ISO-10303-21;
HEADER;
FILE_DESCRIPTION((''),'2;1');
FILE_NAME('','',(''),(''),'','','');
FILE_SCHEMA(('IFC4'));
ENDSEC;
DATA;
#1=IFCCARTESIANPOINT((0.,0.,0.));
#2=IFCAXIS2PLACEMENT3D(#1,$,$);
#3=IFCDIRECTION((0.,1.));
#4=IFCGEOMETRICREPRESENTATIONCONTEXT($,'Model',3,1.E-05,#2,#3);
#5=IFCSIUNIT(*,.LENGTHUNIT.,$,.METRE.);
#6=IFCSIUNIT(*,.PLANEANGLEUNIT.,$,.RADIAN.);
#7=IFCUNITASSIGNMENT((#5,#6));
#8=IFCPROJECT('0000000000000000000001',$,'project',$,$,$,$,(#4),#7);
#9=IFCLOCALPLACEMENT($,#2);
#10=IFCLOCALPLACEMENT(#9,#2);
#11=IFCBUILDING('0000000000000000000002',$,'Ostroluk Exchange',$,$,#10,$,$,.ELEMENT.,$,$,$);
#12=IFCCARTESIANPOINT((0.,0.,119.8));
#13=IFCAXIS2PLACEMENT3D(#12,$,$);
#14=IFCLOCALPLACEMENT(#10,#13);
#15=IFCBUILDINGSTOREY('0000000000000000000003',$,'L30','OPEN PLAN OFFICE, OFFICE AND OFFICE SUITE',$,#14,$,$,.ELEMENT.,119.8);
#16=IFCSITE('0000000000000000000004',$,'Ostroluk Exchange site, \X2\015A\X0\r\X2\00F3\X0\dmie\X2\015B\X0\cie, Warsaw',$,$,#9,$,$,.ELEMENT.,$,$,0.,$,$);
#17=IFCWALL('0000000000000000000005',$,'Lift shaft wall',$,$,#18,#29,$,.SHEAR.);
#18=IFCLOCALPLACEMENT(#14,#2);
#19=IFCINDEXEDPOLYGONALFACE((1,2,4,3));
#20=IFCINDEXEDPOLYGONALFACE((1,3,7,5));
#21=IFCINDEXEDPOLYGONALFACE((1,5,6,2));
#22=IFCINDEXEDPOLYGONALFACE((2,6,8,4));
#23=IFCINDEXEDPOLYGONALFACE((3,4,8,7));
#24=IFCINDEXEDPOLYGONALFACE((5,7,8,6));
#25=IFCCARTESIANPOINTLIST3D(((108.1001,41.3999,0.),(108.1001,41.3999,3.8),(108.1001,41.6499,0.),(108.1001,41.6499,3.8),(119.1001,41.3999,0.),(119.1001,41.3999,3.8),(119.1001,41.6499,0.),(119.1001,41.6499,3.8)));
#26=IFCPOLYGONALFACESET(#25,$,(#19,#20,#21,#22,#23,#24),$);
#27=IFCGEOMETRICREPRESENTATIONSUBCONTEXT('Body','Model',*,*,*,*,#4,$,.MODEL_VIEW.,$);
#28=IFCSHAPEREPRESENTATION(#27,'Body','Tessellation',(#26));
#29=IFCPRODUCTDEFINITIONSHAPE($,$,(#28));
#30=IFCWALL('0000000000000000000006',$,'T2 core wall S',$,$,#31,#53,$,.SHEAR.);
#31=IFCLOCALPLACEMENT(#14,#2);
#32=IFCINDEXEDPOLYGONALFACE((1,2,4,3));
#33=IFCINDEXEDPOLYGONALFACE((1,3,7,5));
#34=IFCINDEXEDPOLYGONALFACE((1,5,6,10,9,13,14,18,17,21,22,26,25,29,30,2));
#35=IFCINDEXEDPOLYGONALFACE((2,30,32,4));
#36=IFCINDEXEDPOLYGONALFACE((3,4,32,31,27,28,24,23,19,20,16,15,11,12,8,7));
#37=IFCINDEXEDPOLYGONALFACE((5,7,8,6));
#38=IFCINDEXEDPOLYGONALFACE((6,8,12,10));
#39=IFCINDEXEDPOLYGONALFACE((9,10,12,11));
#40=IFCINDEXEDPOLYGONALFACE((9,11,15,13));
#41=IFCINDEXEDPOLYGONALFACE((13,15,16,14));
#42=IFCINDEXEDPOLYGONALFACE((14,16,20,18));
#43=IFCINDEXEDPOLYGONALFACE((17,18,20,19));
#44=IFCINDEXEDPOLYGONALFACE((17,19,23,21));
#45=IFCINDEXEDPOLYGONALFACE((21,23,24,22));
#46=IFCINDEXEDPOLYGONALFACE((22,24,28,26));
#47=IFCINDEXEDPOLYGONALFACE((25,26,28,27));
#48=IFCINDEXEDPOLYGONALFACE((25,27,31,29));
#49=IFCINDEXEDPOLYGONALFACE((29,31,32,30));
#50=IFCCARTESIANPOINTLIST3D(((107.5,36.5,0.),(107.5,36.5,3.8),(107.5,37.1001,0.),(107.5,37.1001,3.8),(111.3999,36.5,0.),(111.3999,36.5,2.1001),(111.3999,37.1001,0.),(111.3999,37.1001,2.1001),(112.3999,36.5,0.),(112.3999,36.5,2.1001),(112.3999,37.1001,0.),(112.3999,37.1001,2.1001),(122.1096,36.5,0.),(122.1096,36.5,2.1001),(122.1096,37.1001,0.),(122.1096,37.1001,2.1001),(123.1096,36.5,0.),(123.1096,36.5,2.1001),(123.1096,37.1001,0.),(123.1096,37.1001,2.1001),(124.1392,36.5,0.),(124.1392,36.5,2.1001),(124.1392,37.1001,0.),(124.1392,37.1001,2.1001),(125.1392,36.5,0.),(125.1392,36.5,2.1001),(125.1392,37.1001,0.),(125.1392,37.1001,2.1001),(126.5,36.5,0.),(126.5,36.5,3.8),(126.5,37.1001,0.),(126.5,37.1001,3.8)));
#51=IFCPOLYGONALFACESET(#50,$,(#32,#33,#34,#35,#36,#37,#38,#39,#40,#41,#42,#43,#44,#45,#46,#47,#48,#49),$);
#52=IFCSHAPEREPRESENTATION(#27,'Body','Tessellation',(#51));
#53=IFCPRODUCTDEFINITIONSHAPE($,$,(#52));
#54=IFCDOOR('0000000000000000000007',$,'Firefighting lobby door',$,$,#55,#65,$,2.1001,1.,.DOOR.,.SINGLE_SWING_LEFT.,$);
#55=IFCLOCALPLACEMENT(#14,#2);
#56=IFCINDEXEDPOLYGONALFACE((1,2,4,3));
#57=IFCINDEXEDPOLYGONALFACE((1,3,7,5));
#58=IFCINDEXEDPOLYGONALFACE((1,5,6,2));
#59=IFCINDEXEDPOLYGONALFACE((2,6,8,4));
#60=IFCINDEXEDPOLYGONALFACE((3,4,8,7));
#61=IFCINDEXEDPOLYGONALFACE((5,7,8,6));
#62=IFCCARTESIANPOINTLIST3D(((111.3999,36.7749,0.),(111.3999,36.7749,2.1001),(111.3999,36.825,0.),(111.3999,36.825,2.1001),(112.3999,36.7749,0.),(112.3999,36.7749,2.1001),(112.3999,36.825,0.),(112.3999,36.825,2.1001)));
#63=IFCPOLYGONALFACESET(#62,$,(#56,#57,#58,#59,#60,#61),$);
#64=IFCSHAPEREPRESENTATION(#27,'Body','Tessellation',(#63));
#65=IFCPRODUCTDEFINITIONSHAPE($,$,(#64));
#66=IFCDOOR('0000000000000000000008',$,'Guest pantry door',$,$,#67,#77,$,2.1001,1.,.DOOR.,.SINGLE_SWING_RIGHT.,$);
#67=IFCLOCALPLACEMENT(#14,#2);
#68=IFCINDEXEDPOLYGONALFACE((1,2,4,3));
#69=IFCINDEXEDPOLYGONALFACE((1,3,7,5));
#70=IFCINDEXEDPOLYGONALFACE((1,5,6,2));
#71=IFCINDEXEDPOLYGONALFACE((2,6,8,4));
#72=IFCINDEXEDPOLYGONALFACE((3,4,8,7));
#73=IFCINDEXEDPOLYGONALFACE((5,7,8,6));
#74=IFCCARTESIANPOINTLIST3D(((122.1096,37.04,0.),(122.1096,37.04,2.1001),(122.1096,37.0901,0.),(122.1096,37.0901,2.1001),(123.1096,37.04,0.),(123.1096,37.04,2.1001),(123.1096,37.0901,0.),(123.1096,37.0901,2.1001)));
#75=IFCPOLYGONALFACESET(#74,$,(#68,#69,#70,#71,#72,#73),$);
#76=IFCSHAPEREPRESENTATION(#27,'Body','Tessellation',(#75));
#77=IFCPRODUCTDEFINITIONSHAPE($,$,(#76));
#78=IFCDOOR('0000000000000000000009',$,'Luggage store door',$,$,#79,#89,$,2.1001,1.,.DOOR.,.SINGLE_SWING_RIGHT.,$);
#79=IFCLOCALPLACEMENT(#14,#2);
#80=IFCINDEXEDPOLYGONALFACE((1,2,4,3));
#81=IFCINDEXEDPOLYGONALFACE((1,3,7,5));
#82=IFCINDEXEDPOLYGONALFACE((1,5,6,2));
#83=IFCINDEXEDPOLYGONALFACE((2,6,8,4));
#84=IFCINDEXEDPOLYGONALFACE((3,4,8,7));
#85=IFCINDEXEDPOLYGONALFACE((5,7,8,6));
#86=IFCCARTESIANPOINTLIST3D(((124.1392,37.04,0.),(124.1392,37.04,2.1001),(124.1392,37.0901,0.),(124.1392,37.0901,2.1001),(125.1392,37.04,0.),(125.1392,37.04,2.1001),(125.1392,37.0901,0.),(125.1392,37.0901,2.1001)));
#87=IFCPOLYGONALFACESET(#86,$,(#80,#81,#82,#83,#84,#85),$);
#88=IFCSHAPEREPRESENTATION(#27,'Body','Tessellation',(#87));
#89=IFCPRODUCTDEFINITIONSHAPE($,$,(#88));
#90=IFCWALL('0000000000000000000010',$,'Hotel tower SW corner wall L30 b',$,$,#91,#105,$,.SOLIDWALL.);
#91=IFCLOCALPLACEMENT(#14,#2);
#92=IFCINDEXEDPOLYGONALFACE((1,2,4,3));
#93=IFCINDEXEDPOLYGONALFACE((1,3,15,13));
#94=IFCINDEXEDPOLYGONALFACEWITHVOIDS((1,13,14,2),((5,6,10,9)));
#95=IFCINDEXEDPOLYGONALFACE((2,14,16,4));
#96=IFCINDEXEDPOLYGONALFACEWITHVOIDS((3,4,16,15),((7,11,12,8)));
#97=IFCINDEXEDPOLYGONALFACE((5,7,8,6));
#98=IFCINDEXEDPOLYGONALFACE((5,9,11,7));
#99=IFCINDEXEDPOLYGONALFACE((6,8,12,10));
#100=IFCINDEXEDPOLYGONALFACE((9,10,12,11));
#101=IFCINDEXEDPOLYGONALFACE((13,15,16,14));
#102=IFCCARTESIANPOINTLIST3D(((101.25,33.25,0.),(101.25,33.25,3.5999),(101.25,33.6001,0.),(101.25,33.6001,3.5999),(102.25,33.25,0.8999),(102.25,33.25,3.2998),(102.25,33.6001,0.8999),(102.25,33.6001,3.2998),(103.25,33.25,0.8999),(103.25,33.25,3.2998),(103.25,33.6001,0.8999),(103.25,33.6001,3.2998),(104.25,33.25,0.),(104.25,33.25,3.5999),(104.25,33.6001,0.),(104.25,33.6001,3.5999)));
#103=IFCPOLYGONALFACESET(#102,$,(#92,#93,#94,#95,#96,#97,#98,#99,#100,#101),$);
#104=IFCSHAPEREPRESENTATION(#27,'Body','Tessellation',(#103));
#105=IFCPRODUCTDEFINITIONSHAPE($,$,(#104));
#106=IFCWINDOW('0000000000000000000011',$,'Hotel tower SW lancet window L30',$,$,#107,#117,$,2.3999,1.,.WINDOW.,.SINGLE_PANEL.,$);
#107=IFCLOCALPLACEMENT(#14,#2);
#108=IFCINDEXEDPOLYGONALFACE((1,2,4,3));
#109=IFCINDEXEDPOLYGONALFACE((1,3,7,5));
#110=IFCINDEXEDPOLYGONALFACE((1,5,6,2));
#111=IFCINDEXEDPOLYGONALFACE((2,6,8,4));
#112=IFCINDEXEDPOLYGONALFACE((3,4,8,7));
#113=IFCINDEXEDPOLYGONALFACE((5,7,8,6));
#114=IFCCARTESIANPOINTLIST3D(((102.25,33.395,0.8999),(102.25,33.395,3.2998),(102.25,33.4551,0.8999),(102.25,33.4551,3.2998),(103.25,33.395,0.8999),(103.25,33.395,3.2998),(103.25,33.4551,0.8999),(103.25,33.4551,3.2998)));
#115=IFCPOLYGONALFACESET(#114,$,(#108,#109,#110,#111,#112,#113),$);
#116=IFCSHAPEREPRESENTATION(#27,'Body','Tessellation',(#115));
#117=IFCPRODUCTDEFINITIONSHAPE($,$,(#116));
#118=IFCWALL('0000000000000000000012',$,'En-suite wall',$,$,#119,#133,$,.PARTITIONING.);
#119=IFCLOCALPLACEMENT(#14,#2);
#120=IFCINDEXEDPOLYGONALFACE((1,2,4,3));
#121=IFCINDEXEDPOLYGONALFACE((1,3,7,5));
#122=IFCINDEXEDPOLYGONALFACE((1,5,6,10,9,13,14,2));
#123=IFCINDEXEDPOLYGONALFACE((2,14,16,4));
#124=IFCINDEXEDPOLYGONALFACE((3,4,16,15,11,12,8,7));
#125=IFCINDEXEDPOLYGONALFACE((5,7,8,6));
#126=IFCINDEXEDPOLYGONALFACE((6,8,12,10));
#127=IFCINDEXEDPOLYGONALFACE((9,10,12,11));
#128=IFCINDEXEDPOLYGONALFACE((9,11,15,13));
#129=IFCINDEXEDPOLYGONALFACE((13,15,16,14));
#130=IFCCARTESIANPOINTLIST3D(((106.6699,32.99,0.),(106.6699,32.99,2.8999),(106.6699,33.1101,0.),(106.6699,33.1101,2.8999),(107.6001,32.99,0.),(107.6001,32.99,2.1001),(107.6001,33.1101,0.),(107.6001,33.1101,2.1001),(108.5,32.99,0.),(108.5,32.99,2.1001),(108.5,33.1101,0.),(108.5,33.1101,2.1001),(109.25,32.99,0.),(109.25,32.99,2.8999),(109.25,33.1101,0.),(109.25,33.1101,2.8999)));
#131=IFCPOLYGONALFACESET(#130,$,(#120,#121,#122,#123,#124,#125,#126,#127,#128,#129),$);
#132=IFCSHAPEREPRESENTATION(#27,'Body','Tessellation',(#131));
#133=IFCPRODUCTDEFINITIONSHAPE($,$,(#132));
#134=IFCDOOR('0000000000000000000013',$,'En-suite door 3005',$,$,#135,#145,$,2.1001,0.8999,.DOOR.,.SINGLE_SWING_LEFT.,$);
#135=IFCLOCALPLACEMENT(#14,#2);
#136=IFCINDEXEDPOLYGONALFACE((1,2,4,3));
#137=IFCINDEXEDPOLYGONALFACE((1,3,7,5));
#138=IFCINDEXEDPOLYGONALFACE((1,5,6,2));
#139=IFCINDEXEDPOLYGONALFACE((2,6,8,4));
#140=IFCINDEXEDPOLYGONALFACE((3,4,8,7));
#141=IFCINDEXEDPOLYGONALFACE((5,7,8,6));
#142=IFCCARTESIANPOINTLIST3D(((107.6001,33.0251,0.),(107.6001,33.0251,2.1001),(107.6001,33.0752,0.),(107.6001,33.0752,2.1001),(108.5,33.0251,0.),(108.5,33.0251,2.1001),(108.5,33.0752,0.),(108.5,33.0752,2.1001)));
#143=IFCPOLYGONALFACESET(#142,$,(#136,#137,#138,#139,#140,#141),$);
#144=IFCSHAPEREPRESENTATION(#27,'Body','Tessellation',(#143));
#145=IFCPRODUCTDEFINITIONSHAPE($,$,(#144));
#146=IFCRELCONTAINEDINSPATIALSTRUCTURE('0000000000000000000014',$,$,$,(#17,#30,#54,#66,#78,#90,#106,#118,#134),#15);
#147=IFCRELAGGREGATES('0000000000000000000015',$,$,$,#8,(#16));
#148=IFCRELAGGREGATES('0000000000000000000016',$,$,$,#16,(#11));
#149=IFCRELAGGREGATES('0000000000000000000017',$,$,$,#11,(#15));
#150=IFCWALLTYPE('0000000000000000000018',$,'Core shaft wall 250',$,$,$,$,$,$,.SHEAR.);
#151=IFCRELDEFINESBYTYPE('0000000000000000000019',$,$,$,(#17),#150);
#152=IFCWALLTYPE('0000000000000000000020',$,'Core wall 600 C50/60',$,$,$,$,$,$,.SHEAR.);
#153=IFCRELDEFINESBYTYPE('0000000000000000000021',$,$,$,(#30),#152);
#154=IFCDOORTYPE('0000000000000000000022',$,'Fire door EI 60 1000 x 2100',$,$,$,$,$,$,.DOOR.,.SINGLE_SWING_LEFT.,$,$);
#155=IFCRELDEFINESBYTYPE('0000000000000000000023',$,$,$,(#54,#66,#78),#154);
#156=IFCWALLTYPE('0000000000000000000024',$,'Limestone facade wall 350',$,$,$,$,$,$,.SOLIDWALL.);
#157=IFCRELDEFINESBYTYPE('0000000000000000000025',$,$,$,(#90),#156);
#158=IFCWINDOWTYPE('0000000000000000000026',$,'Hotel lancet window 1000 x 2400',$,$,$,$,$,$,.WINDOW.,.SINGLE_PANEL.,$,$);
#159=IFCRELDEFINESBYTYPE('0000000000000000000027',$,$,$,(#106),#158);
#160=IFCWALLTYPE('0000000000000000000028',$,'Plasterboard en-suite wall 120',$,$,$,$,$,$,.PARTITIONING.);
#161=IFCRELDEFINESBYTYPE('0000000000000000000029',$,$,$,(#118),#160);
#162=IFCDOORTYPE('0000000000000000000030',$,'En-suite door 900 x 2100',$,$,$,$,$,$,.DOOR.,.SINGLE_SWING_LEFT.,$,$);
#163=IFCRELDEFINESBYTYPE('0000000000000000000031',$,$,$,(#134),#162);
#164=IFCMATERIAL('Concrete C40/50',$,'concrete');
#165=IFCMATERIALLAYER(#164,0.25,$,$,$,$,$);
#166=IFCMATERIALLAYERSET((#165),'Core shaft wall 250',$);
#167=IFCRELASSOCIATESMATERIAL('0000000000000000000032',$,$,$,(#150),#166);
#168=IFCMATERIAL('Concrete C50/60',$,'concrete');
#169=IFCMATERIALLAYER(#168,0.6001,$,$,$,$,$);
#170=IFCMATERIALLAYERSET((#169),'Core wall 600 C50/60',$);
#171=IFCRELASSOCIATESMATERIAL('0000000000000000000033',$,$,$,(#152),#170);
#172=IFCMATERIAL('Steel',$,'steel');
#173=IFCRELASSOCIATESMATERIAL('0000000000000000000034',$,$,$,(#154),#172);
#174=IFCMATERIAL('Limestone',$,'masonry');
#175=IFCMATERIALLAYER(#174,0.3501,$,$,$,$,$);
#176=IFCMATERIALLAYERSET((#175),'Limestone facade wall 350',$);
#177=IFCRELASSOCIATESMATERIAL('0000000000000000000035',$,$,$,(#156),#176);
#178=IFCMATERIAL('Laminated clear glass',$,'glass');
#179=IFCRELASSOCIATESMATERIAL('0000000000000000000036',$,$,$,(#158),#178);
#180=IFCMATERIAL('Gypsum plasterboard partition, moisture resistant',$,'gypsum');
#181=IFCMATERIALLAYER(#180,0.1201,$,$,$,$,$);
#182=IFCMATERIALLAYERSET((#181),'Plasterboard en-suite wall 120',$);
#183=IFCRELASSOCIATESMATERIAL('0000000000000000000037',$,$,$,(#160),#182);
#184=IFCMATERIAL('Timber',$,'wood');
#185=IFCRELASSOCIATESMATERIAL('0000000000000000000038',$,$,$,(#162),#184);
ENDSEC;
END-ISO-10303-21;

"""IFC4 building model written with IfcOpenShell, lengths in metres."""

from ifc_helpers import new_model, si_unit, direction, frame, frame_2d, origin, place, context, subcontext, project, spatial, rectangle, extrude, material, layer, layer_set, type_object, element, fill, save


model = new_model("IFC4")

# Units and contexts
model_context = context("Model", 3, precision=1e-05, world=origin(), true_north=direction((0.0, 1.0)))
body_context = subcontext(model_context, "Body", "Model", "MODEL_VIEW")
ifc_project = project(units=[si_unit("LENGTHUNIT", "METRE"), si_unit("PLANEANGLEUNIT", "RADIAN")], contexts=[model_context])

# Site, building, storey
site_placement = place(None, origin())
site = spatial("IfcSite", under=ifc_project, at=site_placement, Name="Ostroluk Exchange site, Śródmieście, Warsaw", CompositionType="ELEMENT", RefElevation=0.0)
building_placement = place(site_placement, origin())
building = spatial("IfcBuilding", under=site, at=building_placement, Name="Ostroluk Exchange", CompositionType="ELEMENT")
storey_placement = place(building_placement, frame((0.0, 0.0, 119.8)))
storey = spatial("IfcBuildingStorey", under=building, at=storey_placement, Name="L30", Description="OPEN PLAN OFFICE, OFFICE AND OFFICE SUITE", CompositionType="ELEMENT", Elevation=119.8)

# Shared definitions
ifc_material_1 = material(Name="Concrete C40/50", Category="concrete")
ifc_layer_1 = layer(ifc_material_1, 0.25)
ifc_layer_set_1 = layer_set([ifc_layer_1], Name="Core shaft wall 250")
wall_type_1 = type_object("IfcWallType", Name="Core shaft wall 250", PredefinedType="SHEAR", material=ifc_layer_set_1)

# Wall
wall_1_placement = place(storey_placement, frame((108.1001, 41.5249, 0.0), z_axis=(0.0, 0.0, 1.0), x_axis=(1.0, 0.0, 0.0)))
element("IfcWall", 1, at=wall_1_placement, inside=storey, type_object=wall_type_1, Name="Lift shaft wall", PredefinedType="SHEAR", context=body_context, shape_type="SweptSolid", body=[
    extrude(rectangle(XDim=11.0, YDim=0.25, at=frame_2d((5.5, 0.0))), origin(), (0.0, 0.0, 1.0), 3.8),
])

# Wall, openings, doors
ifc_material_2 = material(Name="Concrete C50/60", Category="concrete")
ifc_layer_2 = layer(ifc_material_2, 0.6001)
ifc_layer_set_2 = layer_set([ifc_layer_2], Name="Core wall 600 C50/60")
wall_type_2 = type_object("IfcWallType", Name="Core wall 600 C50/60", PredefinedType="SHEAR", material=ifc_layer_set_2)
wall_2_placement = place(storey_placement, frame((107.5, 36.8, 0.0), z_axis=(0.0, 0.0, 1.0), x_axis=(1.0, 0.0, 0.0)))
wall_2 = element("IfcWall", 2, at=wall_2_placement, inside=storey, type_object=wall_type_2, Name="T2 core wall S", PredefinedType="SHEAR", context=body_context, shape_type="SweptSolid", body=[
    extrude(rectangle(XDim=19.0, YDim=0.6001, at=frame_2d((9.5, 0.0))), origin(), (0.0, 0.0, 1.0), 3.8),
])
opening_1_placement = place(wall_2_placement, frame((3.8999, 0.0, 0.0)))
opening_1 = element("IfcOpeningElement", 3, at=opening_1_placement, cuts=wall_2, PredefinedType="OPENING", context=body_context, shape_type="SweptSolid", body=[
    extrude(rectangle(XDim=1.0, YDim=2.1001, at=frame_2d((0.5, 1.05))), frame((0.0, 0.3101, 0.0), z_axis=(0.0, -1.0, 0.0), x_axis=(1.0, 0.0, 0.0)), (0.0, 0.0, 1.0), 0.6201),
])
opening_2_placement = place(wall_2_placement, frame((14.6096, 0.0, 0.0)))
opening_2 = element("IfcOpeningElement", 4, at=opening_2_placement, cuts=wall_2, PredefinedType="OPENING", context=body_context, shape_type="SweptSolid", body=[
    extrude(rectangle(XDim=1.0, YDim=2.1001, at=frame_2d((0.5, 1.05))), frame((0.0, 0.3101, 0.0), z_axis=(0.0, -1.0, 0.0), x_axis=(1.0, 0.0, 0.0)), (0.0, 0.0, 1.0), 0.6201),
])
opening_3_placement = place(wall_2_placement, frame((16.6392, 0.0, 0.0)))
opening_3 = element("IfcOpeningElement", 5, at=opening_3_placement, cuts=wall_2, PredefinedType="OPENING", context=body_context, shape_type="SweptSolid", body=[
    extrude(rectangle(XDim=1.0, YDim=2.1001, at=frame_2d((0.5, 1.05))), frame((0.0, 0.3101, 0.0), z_axis=(0.0, -1.0, 0.0), x_axis=(1.0, 0.0, 0.0)), (0.0, 0.0, 1.0), 0.6201),
])
ifc_material_3 = material(Name="Steel", Category="steel")
door_type_1 = type_object("IfcDoorType", Name="Fire door EI 60 1000 x 2100", OperationType="SINGLE_SWING_LEFT", PredefinedType="DOOR", material=ifc_material_3)
door_1_placement = place(opening_1_placement, origin())
door_1 = element("IfcDoor", 6, at=door_1_placement, inside=storey, type_object=door_type_1, Name="Firefighting lobby door", OperationType="SINGLE_SWING_LEFT", OverallHeight=2.1001, OverallWidth=1.0, PredefinedType="DOOR", context=body_context, shape_type="SweptSolid", body=[
    extrude(rectangle(XDim=1.0, YDim=2.1001, at=frame_2d((0.5, 1.05))), frame((0.0, 0.0249, 0.0), z_axis=(0.0, -1.0, 0.0), x_axis=(1.0, 0.0, 0.0)), (0.0, 0.0, 1.0), 0.05),
])
fill(opening_1, door_1)
door_2_placement = place(opening_2_placement, origin())
door_2 = element("IfcDoor", 7, at=door_2_placement, inside=storey, type_object=door_type_1, Name="Guest pantry door", OperationType="SINGLE_SWING_RIGHT", OverallHeight=2.1001, OverallWidth=1.0, PredefinedType="DOOR", context=body_context, shape_type="SweptSolid", body=[
    extrude(rectangle(XDim=1.0, YDim=2.1001, at=frame_2d((0.5, 1.05))), frame((0.0, 0.29, 0.0), z_axis=(0.0, -1.0, 0.0), x_axis=(1.0, 0.0, 0.0)), (0.0, 0.0, 1.0), 0.05),
])
fill(opening_2, door_2)
door_3_placement = place(opening_3_placement, origin())
door_3 = element("IfcDoor", 8, at=door_3_placement, inside=storey, type_object=door_type_1, Name="Luggage store door", OperationType="SINGLE_SWING_RIGHT", OverallHeight=2.1001, OverallWidth=1.0, PredefinedType="DOOR", context=body_context, shape_type="SweptSolid", body=[
    extrude(rectangle(XDim=1.0, YDim=2.1001, at=frame_2d((0.5, 1.05))), frame((0.0, 0.29, 0.0), z_axis=(0.0, -1.0, 0.0), x_axis=(1.0, 0.0, 0.0)), (0.0, 0.0, 1.0), 0.05),
])
fill(opening_3, door_3)

# Wall, opening, window
ifc_material_4 = material(Name="Limestone", Category="masonry")
ifc_layer_3 = layer(ifc_material_4, 0.3501)
ifc_layer_set_3 = layer_set([ifc_layer_3], Name="Limestone facade wall 350")
wall_type_3 = type_object("IfcWallType", Name="Limestone facade wall 350", PredefinedType="SOLIDWALL", material=ifc_layer_set_3)
wall_3_placement = place(storey_placement, frame((104.25, 33.425, 0.0), z_axis=(0.0, 0.0, 1.0), x_axis=(-1.0, 0.0, 0.0)))
wall_3 = element("IfcWall", 9, at=wall_3_placement, inside=storey, type_object=wall_type_3, Name="Hotel tower SW corner wall L30 b", PredefinedType="SOLIDWALL", context=body_context, shape_type="SweptSolid", body=[
    extrude(rectangle(XDim=3.0, YDim=0.3501, at=frame_2d((1.5, 0.0))), origin(), (0.0, 0.0, 1.0), 3.5999),
])
opening_4_placement = place(wall_3_placement, frame((1.0, 0.0, 0.8999)))
opening_4 = element("IfcOpeningElement", 10, at=opening_4_placement, cuts=wall_3, PredefinedType="OPENING", context=body_context, shape_type="SweptSolid", body=[
    extrude(rectangle(XDim=1.0, YDim=2.3999, at=frame_2d((0.5, 1.2))), frame((0.0, 0.1851, 0.0), z_axis=(0.0, -1.0, 0.0), x_axis=(1.0, 0.0, 0.0)), (0.0, 0.0, 1.0), 0.3701),
])
ifc_material_5 = material(Name="Laminated clear glass", Category="glass")
window_type = type_object("IfcWindowType", Name="Hotel lancet window 1000 x 2400", PartitioningType="SINGLE_PANEL", PredefinedType="WINDOW", material=ifc_material_5)
window_placement = place(opening_4_placement, origin())
window = element("IfcWindow", 11, at=window_placement, inside=storey, type_object=window_type, Name="Hotel tower SW lancet window L30", OverallHeight=2.3999, OverallWidth=1.0, PartitioningType="SINGLE_PANEL", PredefinedType="WINDOW", context=body_context, shape_type="SweptSolid", body=[
    extrude(rectangle(XDim=1.0, YDim=2.3999, at=frame_2d((0.5, 1.2))), frame((0.0, 0.03, 0.0), z_axis=(0.0, -1.0, 0.0), x_axis=(1.0, 0.0, 0.0)), (0.0, 0.0, 1.0), 0.0601),
])
fill(opening_4, window)

# Wall, opening, door
ifc_material_6 = material(Name="Gypsum plasterboard partition, moisture resistant", Category="gypsum")
ifc_layer_4 = layer(ifc_material_6, 0.1201)
ifc_layer_set_4 = layer_set([ifc_layer_4], Name="Plasterboard en-suite wall 120")
wall_type_4 = type_object("IfcWallType", Name="Plasterboard en-suite wall 120", PredefinedType="PARTITIONING", material=ifc_layer_set_4)
wall_4_placement = place(storey_placement, frame((109.25, 33.05, 0.0), z_axis=(0.0, 0.0, 1.0), x_axis=(-1.0, 0.0, 0.0)))
wall_4 = element("IfcWall", 12, at=wall_4_placement, inside=storey, type_object=wall_type_4, Name="En-suite wall", PredefinedType="PARTITIONING", context=body_context, shape_type="SweptSolid", body=[
    extrude(rectangle(XDim=2.5801, YDim=0.1201, at=frame_2d((1.29, 0.0))), origin(), (0.0, 0.0, 1.0), 2.8999),
])
opening_5_placement = place(wall_4_placement, frame((0.75, 0.0, 0.0)))
opening_5 = element("IfcOpeningElement", 13, at=opening_5_placement, cuts=wall_4, PredefinedType="OPENING", context=body_context, shape_type="SweptSolid", body=[
    extrude(rectangle(XDim=0.8999, YDim=2.1001, at=frame_2d((0.45, 1.05))), frame((0.0, 0.0701, 0.0), z_axis=(0.0, -1.0, 0.0), x_axis=(1.0, 0.0, 0.0)), (0.0, 0.0, 1.0), 0.1401),
])
ifc_material_7 = material(Name="Timber", Category="wood")
door_type_2 = type_object("IfcDoorType", Name="En-suite door 900 x 2100", OperationType="SINGLE_SWING_LEFT", PredefinedType="DOOR", material=ifc_material_7)
door_4_placement = place(opening_5_placement, origin())
door_4 = element("IfcDoor", 14, at=door_4_placement, inside=storey, type_object=door_type_2, Name="En-suite door 3005", OperationType="SINGLE_SWING_LEFT", OverallHeight=2.1001, OverallWidth=0.8999, PredefinedType="DOOR", context=body_context, shape_type="SweptSolid", body=[
    extrude(rectangle(XDim=0.8999, YDim=2.1001, at=frame_2d((0.45, 1.05))), frame((0.0, 0.0249, 0.0), z_axis=(0.0, -1.0, 0.0), x_axis=(1.0, 0.0, 0.0)), (0.0, 0.0, 1.0), 0.05),
])
fill(opening_5, door_4)

save(model, "model.ifc")
